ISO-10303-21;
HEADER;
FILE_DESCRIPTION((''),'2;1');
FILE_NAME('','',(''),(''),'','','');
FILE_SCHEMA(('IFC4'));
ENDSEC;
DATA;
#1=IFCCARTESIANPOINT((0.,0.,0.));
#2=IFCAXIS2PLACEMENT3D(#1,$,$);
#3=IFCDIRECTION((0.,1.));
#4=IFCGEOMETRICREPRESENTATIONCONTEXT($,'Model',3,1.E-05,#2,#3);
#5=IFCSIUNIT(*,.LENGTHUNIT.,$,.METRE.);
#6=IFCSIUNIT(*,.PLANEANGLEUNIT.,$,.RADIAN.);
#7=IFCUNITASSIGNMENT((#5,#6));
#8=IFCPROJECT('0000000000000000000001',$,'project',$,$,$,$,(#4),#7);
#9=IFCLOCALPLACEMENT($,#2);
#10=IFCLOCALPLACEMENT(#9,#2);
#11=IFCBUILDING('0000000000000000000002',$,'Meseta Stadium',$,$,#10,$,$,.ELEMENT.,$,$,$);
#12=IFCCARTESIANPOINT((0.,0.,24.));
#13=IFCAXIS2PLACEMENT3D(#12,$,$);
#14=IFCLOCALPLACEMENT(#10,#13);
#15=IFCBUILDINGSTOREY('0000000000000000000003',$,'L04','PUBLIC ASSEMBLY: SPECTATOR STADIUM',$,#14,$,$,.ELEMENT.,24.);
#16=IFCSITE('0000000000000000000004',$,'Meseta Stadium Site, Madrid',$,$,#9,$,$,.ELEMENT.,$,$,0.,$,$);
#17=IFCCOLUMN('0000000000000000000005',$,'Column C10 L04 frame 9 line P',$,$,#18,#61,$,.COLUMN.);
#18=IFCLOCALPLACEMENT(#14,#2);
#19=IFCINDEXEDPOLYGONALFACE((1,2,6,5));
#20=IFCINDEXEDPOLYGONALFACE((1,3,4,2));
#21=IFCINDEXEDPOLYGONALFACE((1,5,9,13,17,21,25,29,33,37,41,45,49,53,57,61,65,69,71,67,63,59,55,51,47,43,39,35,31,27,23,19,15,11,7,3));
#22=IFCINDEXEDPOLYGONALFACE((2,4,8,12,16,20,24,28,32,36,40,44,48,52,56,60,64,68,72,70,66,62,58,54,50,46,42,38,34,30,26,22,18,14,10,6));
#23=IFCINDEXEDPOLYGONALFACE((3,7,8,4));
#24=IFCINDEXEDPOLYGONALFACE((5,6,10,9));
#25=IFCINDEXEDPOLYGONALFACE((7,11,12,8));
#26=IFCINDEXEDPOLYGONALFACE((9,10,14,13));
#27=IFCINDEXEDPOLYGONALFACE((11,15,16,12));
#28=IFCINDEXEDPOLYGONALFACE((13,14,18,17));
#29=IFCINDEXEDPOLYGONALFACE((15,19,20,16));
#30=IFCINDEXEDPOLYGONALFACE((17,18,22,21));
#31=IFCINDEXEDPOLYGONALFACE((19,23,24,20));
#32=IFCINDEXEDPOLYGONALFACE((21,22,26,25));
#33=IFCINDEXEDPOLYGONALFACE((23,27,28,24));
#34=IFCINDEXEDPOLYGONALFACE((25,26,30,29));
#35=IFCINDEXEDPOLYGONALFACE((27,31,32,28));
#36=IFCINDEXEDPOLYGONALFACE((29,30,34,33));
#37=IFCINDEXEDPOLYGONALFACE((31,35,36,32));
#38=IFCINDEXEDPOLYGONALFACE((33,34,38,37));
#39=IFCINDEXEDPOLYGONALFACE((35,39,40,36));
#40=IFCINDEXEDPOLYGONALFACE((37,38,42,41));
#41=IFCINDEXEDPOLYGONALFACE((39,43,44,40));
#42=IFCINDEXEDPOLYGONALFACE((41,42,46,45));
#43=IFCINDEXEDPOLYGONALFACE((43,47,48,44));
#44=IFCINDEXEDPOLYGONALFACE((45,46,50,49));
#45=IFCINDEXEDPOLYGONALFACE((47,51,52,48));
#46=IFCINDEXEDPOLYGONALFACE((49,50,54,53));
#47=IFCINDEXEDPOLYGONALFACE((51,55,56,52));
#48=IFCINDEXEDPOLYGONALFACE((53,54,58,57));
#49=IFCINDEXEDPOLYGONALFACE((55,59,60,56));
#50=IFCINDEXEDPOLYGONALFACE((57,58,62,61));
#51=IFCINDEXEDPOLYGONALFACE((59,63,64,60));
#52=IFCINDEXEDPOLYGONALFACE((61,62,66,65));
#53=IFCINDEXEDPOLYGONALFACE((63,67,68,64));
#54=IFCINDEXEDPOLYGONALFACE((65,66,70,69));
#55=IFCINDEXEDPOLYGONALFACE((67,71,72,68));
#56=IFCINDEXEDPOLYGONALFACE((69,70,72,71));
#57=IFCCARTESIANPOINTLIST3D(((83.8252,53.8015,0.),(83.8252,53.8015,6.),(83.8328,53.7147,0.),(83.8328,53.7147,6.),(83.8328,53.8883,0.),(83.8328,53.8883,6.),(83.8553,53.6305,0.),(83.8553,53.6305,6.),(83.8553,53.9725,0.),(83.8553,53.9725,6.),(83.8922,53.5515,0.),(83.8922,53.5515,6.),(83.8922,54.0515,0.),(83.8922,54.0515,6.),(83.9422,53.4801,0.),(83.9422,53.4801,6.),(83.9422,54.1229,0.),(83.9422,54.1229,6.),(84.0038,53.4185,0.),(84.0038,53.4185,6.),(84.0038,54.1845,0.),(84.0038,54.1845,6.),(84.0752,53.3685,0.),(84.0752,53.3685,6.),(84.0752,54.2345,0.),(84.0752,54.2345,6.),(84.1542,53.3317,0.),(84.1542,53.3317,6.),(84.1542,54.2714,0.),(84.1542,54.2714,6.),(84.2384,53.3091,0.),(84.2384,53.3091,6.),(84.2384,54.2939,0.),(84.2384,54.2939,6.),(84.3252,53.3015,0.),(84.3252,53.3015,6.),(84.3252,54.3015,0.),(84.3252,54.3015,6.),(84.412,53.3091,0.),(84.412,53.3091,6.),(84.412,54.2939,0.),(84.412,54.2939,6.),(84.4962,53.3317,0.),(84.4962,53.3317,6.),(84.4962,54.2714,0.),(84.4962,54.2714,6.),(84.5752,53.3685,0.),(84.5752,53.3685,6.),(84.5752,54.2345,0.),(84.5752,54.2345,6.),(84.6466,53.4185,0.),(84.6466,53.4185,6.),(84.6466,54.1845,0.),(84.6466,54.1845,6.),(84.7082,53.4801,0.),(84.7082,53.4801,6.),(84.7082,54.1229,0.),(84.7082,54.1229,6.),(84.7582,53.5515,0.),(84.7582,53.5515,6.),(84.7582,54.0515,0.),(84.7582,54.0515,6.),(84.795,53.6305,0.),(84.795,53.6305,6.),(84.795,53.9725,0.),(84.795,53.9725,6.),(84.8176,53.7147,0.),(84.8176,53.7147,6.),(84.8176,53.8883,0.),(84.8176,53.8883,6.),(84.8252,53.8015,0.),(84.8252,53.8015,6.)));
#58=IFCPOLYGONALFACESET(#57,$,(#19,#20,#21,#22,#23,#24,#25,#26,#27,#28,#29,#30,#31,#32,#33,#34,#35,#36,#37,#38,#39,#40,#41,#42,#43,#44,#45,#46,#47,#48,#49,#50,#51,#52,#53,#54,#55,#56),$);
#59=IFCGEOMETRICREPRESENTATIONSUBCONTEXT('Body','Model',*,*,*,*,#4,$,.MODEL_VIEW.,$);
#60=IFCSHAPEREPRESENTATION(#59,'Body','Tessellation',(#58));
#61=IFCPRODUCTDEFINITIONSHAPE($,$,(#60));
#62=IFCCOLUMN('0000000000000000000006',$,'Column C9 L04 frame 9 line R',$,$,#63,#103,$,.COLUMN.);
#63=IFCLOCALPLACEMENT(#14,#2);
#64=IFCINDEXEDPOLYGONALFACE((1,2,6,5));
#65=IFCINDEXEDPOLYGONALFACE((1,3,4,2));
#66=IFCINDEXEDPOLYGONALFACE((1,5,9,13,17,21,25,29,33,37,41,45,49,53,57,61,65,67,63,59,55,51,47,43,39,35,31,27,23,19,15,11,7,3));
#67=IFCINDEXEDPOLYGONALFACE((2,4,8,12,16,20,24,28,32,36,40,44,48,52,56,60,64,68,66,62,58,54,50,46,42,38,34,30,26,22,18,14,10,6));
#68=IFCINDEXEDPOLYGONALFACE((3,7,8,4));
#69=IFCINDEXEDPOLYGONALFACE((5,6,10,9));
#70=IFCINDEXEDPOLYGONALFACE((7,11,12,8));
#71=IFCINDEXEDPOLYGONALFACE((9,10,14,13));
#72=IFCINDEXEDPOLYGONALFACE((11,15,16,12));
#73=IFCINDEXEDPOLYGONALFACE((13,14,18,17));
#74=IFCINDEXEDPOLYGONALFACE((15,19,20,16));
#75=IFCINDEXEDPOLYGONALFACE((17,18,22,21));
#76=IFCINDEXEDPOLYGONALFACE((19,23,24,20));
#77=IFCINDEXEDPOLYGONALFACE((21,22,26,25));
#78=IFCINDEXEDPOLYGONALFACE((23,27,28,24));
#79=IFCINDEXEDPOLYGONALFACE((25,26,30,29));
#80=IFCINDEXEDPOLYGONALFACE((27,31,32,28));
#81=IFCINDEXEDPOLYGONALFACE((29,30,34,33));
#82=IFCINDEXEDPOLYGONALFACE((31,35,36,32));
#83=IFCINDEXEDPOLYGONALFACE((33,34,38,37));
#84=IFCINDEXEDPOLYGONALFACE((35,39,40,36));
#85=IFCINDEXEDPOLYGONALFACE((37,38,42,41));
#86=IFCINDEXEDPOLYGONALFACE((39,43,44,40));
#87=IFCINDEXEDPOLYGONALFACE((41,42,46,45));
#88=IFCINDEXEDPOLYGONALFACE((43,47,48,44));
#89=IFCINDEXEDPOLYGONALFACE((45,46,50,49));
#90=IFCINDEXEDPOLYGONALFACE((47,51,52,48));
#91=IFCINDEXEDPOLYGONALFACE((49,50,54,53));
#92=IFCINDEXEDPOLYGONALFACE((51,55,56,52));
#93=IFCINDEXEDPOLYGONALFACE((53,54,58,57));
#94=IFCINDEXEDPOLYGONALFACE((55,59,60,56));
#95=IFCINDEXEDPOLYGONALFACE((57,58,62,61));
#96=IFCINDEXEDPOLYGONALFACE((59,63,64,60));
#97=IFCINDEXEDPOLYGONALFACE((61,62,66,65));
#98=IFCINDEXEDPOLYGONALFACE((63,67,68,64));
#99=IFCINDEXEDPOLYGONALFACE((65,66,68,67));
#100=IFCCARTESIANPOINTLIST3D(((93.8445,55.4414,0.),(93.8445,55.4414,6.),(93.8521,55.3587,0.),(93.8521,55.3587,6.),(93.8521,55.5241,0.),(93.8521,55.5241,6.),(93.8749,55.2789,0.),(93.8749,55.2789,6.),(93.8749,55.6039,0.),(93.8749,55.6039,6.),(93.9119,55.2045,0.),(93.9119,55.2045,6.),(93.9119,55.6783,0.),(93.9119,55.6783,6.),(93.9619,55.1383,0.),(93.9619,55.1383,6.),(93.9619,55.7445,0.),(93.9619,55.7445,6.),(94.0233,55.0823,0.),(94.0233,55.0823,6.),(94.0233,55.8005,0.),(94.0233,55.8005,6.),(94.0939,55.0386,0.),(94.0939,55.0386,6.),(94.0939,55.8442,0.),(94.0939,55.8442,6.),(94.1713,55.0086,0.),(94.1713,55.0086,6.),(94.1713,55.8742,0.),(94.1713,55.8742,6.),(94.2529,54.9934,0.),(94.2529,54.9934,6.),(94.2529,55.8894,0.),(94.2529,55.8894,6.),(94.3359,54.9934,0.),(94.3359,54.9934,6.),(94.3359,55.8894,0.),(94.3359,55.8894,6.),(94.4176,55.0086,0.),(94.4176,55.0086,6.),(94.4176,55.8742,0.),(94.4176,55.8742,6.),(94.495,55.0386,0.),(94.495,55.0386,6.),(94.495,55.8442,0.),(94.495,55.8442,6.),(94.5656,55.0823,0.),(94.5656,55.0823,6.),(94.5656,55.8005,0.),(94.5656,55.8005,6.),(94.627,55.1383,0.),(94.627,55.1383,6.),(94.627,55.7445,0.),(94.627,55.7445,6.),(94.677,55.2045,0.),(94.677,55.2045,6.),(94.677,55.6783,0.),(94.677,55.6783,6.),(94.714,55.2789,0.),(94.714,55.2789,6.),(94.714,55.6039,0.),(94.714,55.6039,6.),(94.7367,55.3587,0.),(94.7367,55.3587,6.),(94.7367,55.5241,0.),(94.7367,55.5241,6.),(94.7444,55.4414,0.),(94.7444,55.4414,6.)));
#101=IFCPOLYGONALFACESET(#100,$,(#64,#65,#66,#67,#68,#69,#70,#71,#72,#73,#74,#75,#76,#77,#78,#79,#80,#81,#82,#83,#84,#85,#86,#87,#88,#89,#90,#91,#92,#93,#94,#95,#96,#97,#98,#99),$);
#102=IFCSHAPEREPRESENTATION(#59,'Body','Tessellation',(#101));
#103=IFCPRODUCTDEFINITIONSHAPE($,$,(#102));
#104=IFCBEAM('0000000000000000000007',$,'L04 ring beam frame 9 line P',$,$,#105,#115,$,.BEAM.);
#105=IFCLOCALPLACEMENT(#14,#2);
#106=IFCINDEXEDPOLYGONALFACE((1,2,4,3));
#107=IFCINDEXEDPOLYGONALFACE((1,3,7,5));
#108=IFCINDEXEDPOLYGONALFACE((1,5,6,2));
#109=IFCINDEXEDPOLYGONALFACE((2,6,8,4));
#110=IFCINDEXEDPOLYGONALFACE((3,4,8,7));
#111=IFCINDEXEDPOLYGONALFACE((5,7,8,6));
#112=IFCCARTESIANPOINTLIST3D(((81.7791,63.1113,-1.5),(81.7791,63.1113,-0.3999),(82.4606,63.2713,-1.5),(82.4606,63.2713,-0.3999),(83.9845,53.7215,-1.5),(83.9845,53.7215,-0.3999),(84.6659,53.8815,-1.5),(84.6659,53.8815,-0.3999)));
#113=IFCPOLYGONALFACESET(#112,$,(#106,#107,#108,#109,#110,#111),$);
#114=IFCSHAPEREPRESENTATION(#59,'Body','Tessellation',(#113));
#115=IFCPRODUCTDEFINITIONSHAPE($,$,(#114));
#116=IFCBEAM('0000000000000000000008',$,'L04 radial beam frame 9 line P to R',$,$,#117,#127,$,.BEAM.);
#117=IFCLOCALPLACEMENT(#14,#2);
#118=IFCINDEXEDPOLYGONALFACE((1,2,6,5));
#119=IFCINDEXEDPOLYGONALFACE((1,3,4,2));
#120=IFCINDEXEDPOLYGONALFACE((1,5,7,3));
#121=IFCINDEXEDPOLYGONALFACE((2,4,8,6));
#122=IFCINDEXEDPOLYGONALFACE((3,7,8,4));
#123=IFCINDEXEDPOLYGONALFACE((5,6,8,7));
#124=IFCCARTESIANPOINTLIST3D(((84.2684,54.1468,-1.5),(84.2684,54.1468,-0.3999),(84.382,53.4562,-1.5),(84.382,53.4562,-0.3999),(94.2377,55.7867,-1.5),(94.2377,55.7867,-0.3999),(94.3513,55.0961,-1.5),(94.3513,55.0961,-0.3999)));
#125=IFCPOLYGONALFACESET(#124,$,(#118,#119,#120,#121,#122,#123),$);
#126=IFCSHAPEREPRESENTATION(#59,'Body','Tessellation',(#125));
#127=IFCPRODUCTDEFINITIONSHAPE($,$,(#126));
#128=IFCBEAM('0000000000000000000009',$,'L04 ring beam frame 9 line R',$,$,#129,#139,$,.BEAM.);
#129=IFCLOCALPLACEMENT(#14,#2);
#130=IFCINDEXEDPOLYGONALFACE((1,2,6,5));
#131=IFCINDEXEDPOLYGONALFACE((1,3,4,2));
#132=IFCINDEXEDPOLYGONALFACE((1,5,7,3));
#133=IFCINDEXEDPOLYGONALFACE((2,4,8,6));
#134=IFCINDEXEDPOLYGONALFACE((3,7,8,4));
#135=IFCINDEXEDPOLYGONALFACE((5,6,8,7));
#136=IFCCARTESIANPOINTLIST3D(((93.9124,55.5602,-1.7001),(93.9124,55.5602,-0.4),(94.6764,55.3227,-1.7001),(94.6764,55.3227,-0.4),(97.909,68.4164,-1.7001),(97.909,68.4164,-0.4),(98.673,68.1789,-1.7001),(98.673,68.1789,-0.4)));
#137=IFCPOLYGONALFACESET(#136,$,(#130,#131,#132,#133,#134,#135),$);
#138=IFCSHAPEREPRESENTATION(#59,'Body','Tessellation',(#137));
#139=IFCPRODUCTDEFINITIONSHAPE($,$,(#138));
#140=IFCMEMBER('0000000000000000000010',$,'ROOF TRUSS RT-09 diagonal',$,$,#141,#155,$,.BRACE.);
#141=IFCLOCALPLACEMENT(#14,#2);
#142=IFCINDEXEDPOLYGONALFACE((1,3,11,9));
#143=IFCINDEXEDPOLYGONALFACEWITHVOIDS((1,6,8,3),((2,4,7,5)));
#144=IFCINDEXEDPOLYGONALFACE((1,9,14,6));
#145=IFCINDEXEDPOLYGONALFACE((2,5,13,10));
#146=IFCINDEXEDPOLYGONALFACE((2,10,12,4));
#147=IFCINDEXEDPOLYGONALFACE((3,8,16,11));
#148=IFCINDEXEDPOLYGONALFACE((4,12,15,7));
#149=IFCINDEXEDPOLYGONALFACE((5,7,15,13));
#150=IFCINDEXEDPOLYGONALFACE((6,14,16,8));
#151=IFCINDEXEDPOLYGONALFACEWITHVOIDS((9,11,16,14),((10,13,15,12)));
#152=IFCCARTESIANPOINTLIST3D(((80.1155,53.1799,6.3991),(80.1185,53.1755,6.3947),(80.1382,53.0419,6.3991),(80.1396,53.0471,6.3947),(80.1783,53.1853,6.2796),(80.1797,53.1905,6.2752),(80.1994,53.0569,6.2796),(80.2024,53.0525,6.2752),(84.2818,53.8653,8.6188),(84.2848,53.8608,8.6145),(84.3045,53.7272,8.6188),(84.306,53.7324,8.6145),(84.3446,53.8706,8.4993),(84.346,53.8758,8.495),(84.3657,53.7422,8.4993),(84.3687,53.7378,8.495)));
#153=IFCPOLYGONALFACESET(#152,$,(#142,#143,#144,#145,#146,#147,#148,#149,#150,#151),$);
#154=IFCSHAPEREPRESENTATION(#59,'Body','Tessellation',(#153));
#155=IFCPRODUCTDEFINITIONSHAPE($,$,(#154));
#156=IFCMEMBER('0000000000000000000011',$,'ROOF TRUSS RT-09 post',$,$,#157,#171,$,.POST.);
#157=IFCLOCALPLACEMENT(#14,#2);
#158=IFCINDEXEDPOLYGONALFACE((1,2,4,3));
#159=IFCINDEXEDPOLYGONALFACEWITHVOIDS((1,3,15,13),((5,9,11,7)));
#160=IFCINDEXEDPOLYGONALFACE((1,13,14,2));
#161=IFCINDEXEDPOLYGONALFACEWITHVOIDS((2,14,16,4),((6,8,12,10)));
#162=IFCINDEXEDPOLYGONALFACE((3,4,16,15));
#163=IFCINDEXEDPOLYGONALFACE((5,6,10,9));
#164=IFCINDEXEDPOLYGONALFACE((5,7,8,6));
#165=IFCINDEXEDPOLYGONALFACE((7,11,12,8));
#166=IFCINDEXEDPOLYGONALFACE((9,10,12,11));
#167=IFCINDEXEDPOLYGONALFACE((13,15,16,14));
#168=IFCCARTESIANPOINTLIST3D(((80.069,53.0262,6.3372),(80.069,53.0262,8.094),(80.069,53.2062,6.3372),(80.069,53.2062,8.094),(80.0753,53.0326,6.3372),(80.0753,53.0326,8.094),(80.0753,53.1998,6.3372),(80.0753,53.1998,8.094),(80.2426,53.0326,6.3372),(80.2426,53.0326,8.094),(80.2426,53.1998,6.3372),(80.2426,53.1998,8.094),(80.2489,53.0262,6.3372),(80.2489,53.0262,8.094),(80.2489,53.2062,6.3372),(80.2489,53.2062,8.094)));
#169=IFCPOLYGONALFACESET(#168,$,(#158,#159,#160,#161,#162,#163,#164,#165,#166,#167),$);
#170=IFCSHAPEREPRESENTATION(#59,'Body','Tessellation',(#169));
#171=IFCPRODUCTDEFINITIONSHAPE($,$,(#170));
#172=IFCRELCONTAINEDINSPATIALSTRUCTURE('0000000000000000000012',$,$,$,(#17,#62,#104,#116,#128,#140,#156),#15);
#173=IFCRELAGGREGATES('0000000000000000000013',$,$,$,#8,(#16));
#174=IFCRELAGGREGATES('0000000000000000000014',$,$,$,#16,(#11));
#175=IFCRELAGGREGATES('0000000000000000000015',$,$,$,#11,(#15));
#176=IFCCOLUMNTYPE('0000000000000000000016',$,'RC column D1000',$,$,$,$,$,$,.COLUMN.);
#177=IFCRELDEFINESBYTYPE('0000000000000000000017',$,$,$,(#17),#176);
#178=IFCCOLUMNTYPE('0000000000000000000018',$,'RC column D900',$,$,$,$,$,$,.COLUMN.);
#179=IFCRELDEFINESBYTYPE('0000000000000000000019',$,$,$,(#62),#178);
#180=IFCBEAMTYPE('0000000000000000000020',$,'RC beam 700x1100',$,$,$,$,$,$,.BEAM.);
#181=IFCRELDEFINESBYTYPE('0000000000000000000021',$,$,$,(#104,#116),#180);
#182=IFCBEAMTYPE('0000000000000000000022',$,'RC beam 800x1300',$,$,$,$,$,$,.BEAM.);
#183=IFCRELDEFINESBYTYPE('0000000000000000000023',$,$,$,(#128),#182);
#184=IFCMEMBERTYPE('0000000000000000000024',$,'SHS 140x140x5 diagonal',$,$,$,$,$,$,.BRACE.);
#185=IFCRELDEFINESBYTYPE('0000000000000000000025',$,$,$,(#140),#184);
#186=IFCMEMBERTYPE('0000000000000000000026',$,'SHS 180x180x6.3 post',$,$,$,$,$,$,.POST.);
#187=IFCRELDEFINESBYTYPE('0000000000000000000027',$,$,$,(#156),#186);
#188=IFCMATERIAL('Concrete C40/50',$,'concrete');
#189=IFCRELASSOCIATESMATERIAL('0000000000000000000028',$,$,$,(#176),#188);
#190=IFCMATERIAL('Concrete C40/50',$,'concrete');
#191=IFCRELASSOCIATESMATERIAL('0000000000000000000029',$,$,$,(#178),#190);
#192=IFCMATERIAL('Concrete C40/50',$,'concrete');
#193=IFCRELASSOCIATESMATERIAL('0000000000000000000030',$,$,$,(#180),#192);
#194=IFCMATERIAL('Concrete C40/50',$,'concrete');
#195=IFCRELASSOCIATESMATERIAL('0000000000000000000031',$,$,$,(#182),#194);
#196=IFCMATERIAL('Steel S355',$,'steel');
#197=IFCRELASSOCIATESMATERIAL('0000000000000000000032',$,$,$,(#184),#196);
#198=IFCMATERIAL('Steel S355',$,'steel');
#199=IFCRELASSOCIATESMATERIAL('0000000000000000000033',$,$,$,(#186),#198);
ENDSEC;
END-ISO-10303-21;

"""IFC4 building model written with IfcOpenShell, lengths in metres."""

from ifc_helpers import new_model, si_unit, direction, frame, origin, origin_2d, place, context, subcontext, project, spatial, rectangle, hollow_rectangle, circle, extrude, material, material_profile, profile_set, type_object, element, save


model = new_model("IFC4")

# Units and contexts
model_context = context("Model", 3, precision=1e-05, world=origin(), true_north=direction((0.0, 1.0)))
body_context = subcontext(model_context, "Body", "Model", "MODEL_VIEW")
ifc_project = project(units=[si_unit("LENGTHUNIT", "METRE"), si_unit("PLANEANGLEUNIT", "RADIAN")], contexts=[model_context])

# Site, building, storey
site_placement = place(None, origin())
site = spatial("IfcSite", under=ifc_project, at=site_placement, Name="Meseta Stadium Site, Madrid", CompositionType="ELEMENT", RefElevation=0.0)
building_placement = place(site_placement, origin())
building = spatial("IfcBuilding", under=site, at=building_placement, Name="Meseta Stadium", CompositionType="ELEMENT")
storey_placement = place(building_placement, frame((0.0, 0.0, 24.0)))
storey = spatial("IfcBuildingStorey", under=building, at=storey_placement, Name="L04", Description="PUBLIC ASSEMBLY: SPECTATOR STADIUM", CompositionType="ELEMENT", Elevation=24.0)

# Columns
ifc_material_1 = material(Name="Concrete C40/50", Category="concrete")
ifc_material_profile_1 = material_profile(ifc_material_1, circle(Radius=0.5, at=origin_2d()), Name="RC D1000")
ifc_profile_set_1 = profile_set([ifc_material_profile_1], Name="Concrete C40/50")
column_type_1 = type_object("IfcColumnType", Name="RC column D1000", PredefinedType="COLUMN", material=ifc_profile_set_1)
column_1_placement = place(storey_placement, frame((84.3252, 53.8015, 0.0), z_axis=(0.0, 0.0, 1.0), x_axis=(1.0, 0.0, 0.0)))
element("IfcColumn", 1, at=column_1_placement, inside=storey, type_object=column_type_1, Name="Column C10 L04 frame 9 line P", PredefinedType="COLUMN", context=body_context, shape_type="SweptSolid", body=[
    extrude(circle(Radius=0.5, at=origin_2d()), origin(), (0.0, 0.0, 1.0), 6.0),
])
ifc_material_2 = material(Name="Concrete C40/50", Category="concrete")
ifc_material_profile_2 = material_profile(ifc_material_2, circle(Radius=0.45, at=origin_2d()), Name="RC D900")
ifc_profile_set_2 = profile_set([ifc_material_profile_2], Name="Concrete C40/50")
column_type_2 = type_object("IfcColumnType", Name="RC column D900", PredefinedType="COLUMN", material=ifc_profile_set_2)
column_2_placement = place(storey_placement, frame((94.2944, 55.4414, 0.0), z_axis=(0.0, 0.0, 1.0), x_axis=(1.0, 0.0, 0.0)))
element("IfcColumn", 2, at=column_2_placement, inside=storey, type_object=column_type_2, Name="Column C9 L04 frame 9 line R", PredefinedType="COLUMN", context=body_context, shape_type="SweptSolid", body=[
    extrude(circle(Radius=0.45, at=origin_2d()), origin(), (0.0, 0.0, 1.0), 6.0),
])

# Beams
ifc_material_3 = material(Name="Concrete C40/50", Category="concrete")
ifc_material_profile_3 = material_profile(ifc_material_3, rectangle(XDim=0.7, YDim=1.1001, at=origin_2d()), Name="RC 700x1100")
ifc_profile_set_3 = profile_set([ifc_material_profile_3], Name="Concrete C40/50")
beam_type_1 = type_object("IfcBeamType", Name="RC beam 700x1100", PredefinedType="BEAM", material=ifc_profile_set_3)
beam_1_placement = place(storey_placement, frame((84.3252, 53.8015, -0.95), z_axis=(-0.228646, 0.97351, 0.0), x_axis=(-0.97351, -0.228646, 0.0)))
element("IfcBeam", 3, at=beam_1_placement, inside=storey, type_object=beam_type_1, Name="L04 ring beam frame 9 line P", PredefinedType="BEAM", context=body_context, shape_type="SweptSolid", body=[
    extrude(rectangle(XDim=0.7, YDim=1.1001, at=origin_2d()), origin(), (0.0, 0.0, 1.0), 9.6453),
])
beam_2_placement = place(storey_placement, frame((84.3252, 53.8015, -0.95), z_axis=(0.986739, 0.162314, 0.0), x_axis=(-0.162314, 0.986739, 0.0)))
element("IfcBeam", 4, at=beam_2_placement, inside=storey, type_object=beam_type_1, Name="L04 radial beam frame 9 line P to R", PredefinedType="BEAM", context=body_context, shape_type="SweptSolid", body=[
    extrude(rectangle(XDim=0.7, YDim=1.1001, at=origin_2d()), origin(), (0.0, 0.0, 1.0), 10.1033),
])
ifc_material_4 = material(Name="Concrete C40/50", Category="concrete")
ifc_material_profile_4 = material_profile(ifc_material_4, rectangle(XDim=0.8, YDim=1.3, at=origin_2d()), Name="RC 800x1300")
ifc_profile_set_4 = profile_set([ifc_material_profile_4], Name="Concrete C40/50")
beam_type_2 = type_object("IfcBeamType", Name="RC beam 800x1300", PredefinedType="BEAM", material=ifc_profile_set_4)
beam_3_placement = place(storey_placement, frame((94.2944, 55.4414, -1.05), z_axis=(0.296855, 0.954923, 0.0), x_axis=(-0.954923, 0.296855, 0.0)))
element("IfcBeam", 5, at=beam_3_placement, inside=storey, type_object=beam_type_2, Name="L04 ring beam frame 9 line R", PredefinedType="BEAM", context=body_context, shape_type="SweptSolid", body=[
    extrude(rectangle(XDim=0.8, YDim=1.3, at=origin_2d()), origin(), (0.0, 0.0, 1.0), 13.4631),
])

# Members
ifc_material_5 = material(Name="Steel S355", Category="steel")
ifc_material_profile_5 = material_profile(ifc_material_5, hollow_rectangle(XDim=0.1399, YDim=0.1399, WallThickness=0.0049, at=origin_2d()), Name="SHS 140x140x5")
ifc_profile_set_5 = profile_set([ifc_material_profile_5], Name="Steel S355")
member_type_1 = type_object("IfcMemberType", Name="SHS 140x140x5 diagonal", PredefinedType="BRACE", material=ifc_profile_set_5)
member_1_placement = place(storey_placement, frame((80.1589, 53.1162, 6.3372), z_axis=(0.873398, 0.143664, 0.465335), x_axis=(-0.162308, 0.98674, 0.0)))
element("IfcMember", 6, at=member_1_placement, inside=storey, type_object=member_type_1, Name="ROOF TRUSS RT-09 diagonal", PredefinedType="BRACE", context=body_context, shape_type="SweptSolid", body=[
    extrude(hollow_rectangle(XDim=0.1399, YDim=0.1399, WallThickness=0.0049, at=origin_2d()), origin(), (0.0, 0.0, 1.0), 4.7703),
])
ifc_material_6 = material(Name="Steel S355", Category="steel")
ifc_material_profile_6 = material_profile(ifc_material_6, hollow_rectangle(XDim=0.1799, YDim=0.1799, WallThickness=0.0063, at=origin_2d()), Name="SHS 180x180x6.3")
ifc_profile_set_6 = profile_set([ifc_material_profile_6], Name="Steel S355")
member_type_2 = type_object("IfcMemberType", Name="SHS 180x180x6.3 post", PredefinedType="POST", material=ifc_profile_set_6)
member_2_placement = place(storey_placement, frame((80.1589, 53.1162, 6.3372), z_axis=(0.0, 0.0, 1.0), x_axis=(1.0, 0.0, 0.0)))
element("IfcMember", 7, at=member_2_placement, inside=storey, type_object=member_type_2, Name="ROOF TRUSS RT-09 post", PredefinedType="POST", context=body_context, shape_type="SweptSolid", body=[
    extrude(hollow_rectangle(XDim=0.1799, YDim=0.1799, WallThickness=0.0063, at=origin_2d()), origin(), (0.0, 0.0, 1.0), 1.7568),
])

save(model, "model.ifc")
